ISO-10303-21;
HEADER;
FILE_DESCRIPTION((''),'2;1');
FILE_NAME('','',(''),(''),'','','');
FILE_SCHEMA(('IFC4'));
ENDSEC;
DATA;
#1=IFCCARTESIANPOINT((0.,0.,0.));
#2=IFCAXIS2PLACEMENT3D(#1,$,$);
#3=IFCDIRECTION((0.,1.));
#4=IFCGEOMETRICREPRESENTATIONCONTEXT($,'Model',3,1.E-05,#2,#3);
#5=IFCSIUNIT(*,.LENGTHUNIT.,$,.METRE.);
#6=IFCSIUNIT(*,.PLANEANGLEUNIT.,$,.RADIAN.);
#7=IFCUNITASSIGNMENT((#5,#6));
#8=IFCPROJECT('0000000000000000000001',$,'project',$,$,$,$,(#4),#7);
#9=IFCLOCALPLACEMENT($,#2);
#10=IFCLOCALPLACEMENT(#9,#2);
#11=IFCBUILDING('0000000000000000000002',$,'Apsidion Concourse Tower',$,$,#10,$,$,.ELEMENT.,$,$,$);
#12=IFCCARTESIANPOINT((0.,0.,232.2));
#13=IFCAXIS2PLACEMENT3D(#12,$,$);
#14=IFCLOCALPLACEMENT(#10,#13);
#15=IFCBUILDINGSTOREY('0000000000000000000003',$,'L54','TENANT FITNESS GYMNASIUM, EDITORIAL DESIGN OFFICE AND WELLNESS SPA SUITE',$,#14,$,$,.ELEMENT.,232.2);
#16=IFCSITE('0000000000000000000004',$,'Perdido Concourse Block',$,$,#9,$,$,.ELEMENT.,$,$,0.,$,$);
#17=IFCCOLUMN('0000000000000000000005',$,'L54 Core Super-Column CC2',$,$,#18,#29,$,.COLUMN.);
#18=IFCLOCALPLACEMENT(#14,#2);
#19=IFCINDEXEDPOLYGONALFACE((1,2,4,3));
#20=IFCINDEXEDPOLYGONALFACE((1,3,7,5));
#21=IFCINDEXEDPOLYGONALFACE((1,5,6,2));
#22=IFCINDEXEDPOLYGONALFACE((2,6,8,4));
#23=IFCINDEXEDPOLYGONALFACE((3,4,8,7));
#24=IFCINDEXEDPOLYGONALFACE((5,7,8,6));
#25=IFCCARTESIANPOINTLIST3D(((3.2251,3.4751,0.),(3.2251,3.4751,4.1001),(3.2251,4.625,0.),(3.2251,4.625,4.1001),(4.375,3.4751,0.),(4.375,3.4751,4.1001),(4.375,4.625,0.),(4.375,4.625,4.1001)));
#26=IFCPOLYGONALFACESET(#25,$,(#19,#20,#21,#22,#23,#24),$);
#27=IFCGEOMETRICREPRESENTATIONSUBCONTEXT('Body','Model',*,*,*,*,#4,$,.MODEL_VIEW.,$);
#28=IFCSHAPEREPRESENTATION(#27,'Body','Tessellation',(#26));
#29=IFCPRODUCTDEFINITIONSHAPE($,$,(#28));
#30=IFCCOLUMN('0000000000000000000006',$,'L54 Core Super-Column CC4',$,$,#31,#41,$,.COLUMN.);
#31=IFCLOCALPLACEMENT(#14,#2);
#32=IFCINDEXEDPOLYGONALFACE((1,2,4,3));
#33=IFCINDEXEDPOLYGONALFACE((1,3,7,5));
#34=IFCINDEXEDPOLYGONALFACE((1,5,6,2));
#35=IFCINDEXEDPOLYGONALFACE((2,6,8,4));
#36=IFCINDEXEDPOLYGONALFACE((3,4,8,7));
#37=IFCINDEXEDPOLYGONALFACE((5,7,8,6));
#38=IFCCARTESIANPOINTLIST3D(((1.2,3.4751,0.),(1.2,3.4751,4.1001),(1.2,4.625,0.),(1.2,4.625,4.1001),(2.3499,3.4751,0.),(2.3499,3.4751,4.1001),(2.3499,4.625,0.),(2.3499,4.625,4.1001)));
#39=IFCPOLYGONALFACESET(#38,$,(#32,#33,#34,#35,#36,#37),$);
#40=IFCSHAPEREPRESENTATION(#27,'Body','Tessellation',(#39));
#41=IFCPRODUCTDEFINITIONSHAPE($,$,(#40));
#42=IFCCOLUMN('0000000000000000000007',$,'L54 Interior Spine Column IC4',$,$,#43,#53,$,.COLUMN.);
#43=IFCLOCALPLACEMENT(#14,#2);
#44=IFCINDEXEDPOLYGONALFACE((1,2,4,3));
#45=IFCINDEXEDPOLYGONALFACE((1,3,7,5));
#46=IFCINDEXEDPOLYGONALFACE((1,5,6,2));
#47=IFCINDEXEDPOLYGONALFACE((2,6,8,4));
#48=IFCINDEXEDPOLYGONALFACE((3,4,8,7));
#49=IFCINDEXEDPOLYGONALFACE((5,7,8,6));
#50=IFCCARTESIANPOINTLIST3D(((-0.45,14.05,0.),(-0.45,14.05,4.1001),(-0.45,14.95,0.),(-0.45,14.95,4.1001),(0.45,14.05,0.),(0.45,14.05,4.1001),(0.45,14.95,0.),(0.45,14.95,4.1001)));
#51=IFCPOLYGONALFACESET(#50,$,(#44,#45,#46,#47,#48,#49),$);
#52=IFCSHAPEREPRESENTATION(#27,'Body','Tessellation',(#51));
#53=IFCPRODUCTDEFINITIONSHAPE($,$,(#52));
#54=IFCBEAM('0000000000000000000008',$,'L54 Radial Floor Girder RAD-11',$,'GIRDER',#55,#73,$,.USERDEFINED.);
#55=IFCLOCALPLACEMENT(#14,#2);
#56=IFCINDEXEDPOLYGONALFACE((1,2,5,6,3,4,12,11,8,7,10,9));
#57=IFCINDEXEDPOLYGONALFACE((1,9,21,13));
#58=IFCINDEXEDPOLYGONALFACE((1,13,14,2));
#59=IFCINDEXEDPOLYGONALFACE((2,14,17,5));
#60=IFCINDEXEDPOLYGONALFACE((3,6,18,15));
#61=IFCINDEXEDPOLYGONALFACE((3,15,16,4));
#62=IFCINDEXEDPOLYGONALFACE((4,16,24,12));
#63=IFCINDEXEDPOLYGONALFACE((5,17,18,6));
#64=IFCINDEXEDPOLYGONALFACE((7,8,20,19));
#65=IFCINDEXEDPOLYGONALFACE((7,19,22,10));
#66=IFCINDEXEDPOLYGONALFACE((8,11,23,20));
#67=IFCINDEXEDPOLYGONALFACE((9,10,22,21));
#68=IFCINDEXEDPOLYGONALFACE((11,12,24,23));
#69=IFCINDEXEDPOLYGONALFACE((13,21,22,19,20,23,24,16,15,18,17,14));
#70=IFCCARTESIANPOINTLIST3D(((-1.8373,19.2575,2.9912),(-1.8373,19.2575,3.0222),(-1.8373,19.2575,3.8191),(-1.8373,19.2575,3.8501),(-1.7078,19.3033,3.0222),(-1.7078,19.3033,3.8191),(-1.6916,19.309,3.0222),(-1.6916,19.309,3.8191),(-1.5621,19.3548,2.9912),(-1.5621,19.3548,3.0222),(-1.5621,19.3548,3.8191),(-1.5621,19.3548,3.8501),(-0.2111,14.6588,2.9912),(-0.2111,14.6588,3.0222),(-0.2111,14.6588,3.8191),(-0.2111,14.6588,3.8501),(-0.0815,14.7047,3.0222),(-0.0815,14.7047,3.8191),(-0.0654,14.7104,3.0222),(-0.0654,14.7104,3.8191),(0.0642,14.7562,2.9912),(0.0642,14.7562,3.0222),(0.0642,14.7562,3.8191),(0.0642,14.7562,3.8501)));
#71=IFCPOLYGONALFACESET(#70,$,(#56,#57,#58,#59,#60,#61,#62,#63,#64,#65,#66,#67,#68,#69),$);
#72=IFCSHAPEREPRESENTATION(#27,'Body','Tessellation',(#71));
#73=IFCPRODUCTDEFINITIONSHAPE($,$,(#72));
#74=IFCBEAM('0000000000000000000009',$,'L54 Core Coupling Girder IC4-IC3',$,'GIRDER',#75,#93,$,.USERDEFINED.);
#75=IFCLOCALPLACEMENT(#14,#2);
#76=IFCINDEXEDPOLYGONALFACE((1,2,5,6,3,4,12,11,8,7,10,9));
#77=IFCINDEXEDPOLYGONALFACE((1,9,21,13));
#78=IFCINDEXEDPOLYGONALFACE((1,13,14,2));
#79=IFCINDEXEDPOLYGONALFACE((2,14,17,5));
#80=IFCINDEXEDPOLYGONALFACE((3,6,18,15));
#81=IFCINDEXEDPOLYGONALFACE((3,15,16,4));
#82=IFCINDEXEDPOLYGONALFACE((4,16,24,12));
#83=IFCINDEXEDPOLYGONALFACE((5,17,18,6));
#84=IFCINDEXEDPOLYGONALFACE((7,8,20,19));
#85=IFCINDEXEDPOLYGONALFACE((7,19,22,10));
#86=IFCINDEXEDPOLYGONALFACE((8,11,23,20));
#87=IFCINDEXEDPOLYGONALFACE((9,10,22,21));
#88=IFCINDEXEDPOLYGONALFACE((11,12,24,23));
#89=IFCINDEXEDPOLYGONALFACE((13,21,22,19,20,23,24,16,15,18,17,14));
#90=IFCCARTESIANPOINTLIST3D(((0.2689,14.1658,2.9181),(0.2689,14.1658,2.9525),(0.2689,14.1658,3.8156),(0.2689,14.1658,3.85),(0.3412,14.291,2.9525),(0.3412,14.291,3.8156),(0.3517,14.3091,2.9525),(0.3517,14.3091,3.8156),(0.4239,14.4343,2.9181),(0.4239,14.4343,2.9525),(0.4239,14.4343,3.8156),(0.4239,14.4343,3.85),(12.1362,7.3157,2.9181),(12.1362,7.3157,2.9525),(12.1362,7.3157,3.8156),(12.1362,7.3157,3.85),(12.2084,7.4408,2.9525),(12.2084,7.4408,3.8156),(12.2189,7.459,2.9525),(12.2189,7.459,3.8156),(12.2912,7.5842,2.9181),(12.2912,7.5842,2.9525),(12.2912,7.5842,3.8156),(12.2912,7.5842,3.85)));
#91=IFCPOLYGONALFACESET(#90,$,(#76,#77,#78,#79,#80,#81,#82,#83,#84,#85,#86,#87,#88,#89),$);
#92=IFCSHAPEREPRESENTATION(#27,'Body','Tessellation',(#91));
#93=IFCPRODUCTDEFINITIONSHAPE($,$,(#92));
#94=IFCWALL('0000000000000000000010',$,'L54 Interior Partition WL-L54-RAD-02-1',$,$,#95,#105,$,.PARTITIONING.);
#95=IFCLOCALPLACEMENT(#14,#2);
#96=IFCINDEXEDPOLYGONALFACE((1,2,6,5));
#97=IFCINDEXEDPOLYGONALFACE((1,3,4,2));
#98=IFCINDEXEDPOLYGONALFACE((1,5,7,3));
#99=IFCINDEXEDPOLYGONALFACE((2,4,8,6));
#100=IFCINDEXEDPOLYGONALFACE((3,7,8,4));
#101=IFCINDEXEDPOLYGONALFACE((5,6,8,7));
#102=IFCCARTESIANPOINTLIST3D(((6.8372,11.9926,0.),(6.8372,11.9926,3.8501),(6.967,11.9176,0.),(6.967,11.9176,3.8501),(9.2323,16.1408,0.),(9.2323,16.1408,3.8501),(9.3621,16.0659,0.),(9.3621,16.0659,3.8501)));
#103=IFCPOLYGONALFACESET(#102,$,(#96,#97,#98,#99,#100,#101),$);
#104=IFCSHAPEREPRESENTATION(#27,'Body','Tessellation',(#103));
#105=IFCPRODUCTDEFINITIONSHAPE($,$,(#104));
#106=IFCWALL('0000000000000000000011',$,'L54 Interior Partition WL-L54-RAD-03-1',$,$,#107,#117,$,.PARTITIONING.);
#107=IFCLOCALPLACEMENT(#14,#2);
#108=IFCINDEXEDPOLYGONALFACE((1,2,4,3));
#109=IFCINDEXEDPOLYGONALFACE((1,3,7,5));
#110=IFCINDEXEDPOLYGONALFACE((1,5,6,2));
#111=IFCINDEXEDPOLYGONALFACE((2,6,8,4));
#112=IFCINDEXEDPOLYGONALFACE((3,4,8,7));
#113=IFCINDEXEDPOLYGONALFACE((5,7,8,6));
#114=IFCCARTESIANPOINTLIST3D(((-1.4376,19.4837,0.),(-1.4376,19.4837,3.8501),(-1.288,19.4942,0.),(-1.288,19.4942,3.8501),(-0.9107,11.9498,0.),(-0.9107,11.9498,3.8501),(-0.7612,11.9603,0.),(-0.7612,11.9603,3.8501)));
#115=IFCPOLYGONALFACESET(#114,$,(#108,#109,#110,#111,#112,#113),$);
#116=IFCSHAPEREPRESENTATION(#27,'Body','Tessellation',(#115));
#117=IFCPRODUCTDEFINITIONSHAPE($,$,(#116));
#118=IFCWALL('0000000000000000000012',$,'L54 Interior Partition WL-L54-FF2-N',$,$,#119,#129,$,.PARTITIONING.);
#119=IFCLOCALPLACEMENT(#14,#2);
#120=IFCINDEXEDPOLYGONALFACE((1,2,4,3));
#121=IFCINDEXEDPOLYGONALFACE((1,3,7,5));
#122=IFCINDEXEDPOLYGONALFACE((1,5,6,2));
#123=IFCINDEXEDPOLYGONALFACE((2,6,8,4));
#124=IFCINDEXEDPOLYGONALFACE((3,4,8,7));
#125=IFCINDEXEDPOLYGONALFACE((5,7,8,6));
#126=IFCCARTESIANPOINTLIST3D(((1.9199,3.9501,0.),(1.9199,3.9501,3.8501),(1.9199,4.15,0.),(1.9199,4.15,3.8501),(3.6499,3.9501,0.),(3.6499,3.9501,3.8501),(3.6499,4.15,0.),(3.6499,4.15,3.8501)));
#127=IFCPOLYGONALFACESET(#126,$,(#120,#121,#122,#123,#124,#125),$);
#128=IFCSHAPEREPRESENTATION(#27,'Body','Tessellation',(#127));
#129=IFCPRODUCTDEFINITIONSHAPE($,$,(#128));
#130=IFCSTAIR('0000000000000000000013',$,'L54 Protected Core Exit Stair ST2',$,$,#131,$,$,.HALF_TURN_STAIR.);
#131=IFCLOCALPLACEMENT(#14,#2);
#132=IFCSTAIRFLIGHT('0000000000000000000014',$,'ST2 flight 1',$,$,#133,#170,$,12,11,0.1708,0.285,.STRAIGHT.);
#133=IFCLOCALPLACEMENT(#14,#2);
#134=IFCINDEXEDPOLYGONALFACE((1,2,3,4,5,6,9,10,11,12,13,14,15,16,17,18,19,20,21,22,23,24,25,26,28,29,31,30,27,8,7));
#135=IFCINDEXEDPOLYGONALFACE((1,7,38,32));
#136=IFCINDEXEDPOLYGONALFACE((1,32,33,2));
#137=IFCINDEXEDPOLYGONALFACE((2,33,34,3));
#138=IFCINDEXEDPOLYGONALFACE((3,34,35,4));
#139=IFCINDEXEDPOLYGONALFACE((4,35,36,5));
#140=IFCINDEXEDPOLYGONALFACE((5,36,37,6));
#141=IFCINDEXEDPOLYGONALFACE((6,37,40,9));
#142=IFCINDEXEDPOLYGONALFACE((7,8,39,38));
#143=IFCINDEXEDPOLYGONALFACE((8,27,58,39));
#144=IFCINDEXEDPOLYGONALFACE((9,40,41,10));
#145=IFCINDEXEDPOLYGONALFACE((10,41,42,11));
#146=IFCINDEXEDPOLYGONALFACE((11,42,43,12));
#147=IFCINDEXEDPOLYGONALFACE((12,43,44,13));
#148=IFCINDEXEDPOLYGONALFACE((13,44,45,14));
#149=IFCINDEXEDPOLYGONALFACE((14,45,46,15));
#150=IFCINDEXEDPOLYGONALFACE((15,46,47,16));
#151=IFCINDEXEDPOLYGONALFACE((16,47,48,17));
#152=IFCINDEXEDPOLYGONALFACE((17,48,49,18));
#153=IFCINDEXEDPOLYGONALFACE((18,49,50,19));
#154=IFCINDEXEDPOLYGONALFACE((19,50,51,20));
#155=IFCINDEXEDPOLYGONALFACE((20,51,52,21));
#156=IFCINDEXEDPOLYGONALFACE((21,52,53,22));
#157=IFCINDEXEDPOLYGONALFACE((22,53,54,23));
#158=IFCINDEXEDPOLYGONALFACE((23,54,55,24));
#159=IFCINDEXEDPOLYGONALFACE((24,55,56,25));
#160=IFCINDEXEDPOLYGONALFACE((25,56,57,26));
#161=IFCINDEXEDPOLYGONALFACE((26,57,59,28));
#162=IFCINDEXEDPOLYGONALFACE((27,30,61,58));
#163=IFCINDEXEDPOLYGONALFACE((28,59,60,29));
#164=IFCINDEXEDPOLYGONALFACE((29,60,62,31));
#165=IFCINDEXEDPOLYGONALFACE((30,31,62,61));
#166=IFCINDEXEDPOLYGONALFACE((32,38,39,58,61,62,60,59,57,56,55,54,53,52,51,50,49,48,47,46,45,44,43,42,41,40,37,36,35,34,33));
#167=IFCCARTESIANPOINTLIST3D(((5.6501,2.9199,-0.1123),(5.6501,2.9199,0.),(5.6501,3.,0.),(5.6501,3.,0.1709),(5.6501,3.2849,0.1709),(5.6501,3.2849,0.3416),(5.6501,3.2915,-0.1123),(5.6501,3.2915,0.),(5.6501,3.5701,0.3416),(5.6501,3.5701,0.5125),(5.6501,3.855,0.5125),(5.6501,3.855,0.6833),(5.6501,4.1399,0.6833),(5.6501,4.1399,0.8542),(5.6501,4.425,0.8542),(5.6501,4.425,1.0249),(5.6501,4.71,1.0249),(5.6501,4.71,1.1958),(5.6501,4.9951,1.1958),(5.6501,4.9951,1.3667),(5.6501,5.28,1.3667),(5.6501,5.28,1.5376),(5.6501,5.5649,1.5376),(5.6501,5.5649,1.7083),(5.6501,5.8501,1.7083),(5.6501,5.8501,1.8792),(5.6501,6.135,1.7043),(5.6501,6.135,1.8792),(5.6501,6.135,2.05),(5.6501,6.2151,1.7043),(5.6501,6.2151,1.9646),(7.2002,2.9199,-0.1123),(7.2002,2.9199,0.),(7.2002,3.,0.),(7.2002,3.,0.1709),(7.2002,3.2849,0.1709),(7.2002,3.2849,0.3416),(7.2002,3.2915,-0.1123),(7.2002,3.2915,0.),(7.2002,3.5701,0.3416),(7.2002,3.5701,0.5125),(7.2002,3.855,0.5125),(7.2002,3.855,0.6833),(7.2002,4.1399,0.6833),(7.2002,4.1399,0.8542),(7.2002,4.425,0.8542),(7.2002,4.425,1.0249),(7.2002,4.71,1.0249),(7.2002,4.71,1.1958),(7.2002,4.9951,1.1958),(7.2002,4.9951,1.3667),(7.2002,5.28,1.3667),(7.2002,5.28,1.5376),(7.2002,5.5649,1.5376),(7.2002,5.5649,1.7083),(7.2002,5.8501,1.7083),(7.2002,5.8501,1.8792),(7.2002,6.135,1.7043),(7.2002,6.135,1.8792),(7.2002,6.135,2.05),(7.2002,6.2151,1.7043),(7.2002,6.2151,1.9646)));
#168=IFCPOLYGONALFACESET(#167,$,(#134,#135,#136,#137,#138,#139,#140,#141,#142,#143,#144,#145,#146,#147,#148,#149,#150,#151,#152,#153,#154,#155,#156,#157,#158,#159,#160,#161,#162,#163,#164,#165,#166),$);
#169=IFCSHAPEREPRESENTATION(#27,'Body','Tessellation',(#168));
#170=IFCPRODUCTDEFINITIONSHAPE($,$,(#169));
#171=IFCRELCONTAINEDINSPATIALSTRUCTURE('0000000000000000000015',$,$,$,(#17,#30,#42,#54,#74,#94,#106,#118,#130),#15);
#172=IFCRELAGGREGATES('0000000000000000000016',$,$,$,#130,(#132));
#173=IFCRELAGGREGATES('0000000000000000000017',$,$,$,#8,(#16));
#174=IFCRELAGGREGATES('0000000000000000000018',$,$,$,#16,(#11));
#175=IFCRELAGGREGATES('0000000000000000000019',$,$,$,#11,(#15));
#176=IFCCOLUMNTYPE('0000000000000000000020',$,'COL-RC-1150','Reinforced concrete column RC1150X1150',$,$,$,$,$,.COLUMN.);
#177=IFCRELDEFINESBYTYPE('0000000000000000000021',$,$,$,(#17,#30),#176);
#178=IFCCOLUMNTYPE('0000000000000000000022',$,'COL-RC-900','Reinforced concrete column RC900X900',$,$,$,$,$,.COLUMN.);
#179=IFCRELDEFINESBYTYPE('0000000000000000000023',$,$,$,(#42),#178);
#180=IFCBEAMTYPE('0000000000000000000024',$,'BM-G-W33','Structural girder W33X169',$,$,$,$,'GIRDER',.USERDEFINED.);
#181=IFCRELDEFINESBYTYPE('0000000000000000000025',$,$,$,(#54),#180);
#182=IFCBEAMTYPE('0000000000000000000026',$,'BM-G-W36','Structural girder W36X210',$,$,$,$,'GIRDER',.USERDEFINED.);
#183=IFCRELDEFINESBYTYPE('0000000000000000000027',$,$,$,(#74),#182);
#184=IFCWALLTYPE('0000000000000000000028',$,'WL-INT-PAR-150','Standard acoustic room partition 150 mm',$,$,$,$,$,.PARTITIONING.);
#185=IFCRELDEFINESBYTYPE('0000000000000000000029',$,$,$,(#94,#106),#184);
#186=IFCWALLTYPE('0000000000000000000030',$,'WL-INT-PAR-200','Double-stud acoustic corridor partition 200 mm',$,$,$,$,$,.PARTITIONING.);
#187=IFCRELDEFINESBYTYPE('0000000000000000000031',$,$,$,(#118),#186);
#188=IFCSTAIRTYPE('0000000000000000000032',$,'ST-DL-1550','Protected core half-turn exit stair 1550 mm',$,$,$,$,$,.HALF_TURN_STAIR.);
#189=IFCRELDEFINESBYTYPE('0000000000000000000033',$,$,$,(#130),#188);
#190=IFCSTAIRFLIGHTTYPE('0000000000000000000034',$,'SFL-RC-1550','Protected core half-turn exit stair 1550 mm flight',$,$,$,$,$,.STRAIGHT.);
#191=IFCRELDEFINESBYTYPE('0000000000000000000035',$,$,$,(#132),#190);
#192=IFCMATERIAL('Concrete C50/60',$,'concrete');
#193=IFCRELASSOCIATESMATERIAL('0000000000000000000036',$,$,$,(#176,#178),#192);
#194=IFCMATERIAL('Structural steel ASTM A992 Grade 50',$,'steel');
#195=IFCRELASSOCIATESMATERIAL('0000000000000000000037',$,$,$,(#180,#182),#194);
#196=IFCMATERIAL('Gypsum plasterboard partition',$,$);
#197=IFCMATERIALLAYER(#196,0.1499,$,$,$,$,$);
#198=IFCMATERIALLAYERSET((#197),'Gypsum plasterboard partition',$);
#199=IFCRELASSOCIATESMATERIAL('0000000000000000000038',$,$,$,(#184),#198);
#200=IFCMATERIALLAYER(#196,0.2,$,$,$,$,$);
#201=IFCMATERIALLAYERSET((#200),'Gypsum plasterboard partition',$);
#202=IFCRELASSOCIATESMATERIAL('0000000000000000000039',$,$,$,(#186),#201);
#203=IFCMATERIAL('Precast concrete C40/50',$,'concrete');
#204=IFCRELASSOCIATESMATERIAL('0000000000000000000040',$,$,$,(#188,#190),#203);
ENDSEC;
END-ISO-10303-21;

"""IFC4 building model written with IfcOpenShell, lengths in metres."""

from ifc_helpers import new_model, si_unit, direction, frame, frame_2d, origin, origin_2d, place, context, subcontext, project, spatial, polyline, rectangle, i_section, outline, extrude, material, layer, layer_set, material_profile, profile_set, type_object, element, aggregate, save


model = new_model("IFC4")

# Units and contexts
model_context = context("Model", 3, precision=1e-05, world=origin(), true_north=direction((0.0, 1.0)))
body_context = subcontext(model_context, "Body", "Model", "MODEL_VIEW")
ifc_project = project(units=[si_unit("LENGTHUNIT", "METRE"), si_unit("PLANEANGLEUNIT", "RADIAN")], contexts=[model_context])

# Site, building, storey
site_placement = place(None, origin())
site = spatial("IfcSite", under=ifc_project, at=site_placement, Name="Perdido Concourse Block", CompositionType="ELEMENT", RefElevation=0.0)
building_placement = place(site_placement, origin())
building = spatial("IfcBuilding", under=site, at=building_placement, Name="Apsidion Concourse Tower", CompositionType="ELEMENT")
storey_placement = place(building_placement, frame((0.0, 0.0, 232.2)))
storey = spatial("IfcBuildingStorey", under=building, at=storey_placement, Name="L54", Description="TENANT FITNESS GYMNASIUM, EDITORIAL DESIGN OFFICE AND WELLNESS SPA SUITE", CompositionType="ELEMENT", Elevation=232.2)

# Columns
ifc_material_1 = material(Name="Concrete C50/60", Category="concrete")
ifc_material_profile_1 = material_profile(ifc_material_1, rectangle(XDim=1.1499, YDim=1.1499, at=origin_2d()), Name="RC 1150x1150")
ifc_profile_set_1 = profile_set([ifc_material_profile_1], Name="Concrete C50/60")
column_type_1 = type_object("IfcColumnType", Name="COL-RC-1150", Description="Reinforced concrete column RC1150X1150", PredefinedType="COLUMN", material=ifc_profile_set_1)
for number, where, z_axis, x_axis, name in (
    (1, (3.8, 4.05, 0.0), (0.0, 0.0, 1.0), (1.0, 0.0, 0.0), "L54 Core Super-Column CC2"),
    (2, (1.7749, 4.05, 0.0), (0.0, 0.0, 1.0), (1.0, 0.0, 0.0), "L54 Core Super-Column CC4"),
):
    element("IfcColumn", number, at=place(storey_placement, frame(where, z_axis=z_axis, x_axis=x_axis)), inside=storey, type_object=column_type_1, Name=name, PredefinedType="COLUMN", context=body_context, shape_type="SweptSolid", body=[
        extrude(rectangle(XDim=1.1499, YDim=1.1499, at=origin_2d()), origin(), (0.0, 0.0, 1.0), 4.1001),
    ])
ifc_material_profile_2 = material_profile(ifc_material_1, rectangle(XDim=0.8999, YDim=0.8999, at=origin_2d()), Name="RC 900x900")
ifc_profile_set_2 = profile_set([ifc_material_profile_2], Name="Concrete C50/60")
column_type_2 = type_object("IfcColumnType", Name="COL-RC-900", Description="Reinforced concrete column RC900X900", PredefinedType="COLUMN", material=ifc_profile_set_2)
column_placement = place(storey_placement, frame((0.0, 14.5, 0.0), z_axis=(0.0, 0.0, 1.0), x_axis=(1.0, 0.0, 0.0)))
element("IfcColumn", 3, at=column_placement, inside=storey, type_object=column_type_2, Name="L54 Interior Spine Column IC4", PredefinedType="COLUMN", context=body_context, shape_type="SweptSolid", body=[
    extrude(rectangle(XDim=0.8999, YDim=0.8999, at=origin_2d()), origin(), (0.0, 0.0, 1.0), 4.1001),
])

# Beams
ifc_material_2 = material(Name="Structural steel ASTM A992 Grade 50", Category="steel")
ifc_material_profile_3 = material_profile(ifc_material_2, i_section(OverallWidth=0.292, OverallDepth=0.8589, WebThickness=0.0171, FlangeThickness=0.031, at=origin_2d()), Name="W33X169")
ifc_profile_set_3 = profile_set([ifc_material_profile_3], Name="Structural steel ASTM A992 Grade 50")
beam_type_1 = type_object("IfcBeamType", Name="BM-G-W33", Description="Structural girder W33X169", ElementType="GIRDER", PredefinedType="USERDEFINED", material=ifc_profile_set_3)
beam_1_placement = place(storey_placement, frame((-0.0735, 14.7075, 3.4207), z_axis=(-0.333399, 0.942786, 0.0), x_axis=(-0.942786, -0.333399, 0.0)))
element("IfcBeam", 4, at=beam_1_placement, inside=storey, type_object=beam_type_1, Name="L54 Radial Floor Girder RAD-11", ObjectType="GIRDER", PredefinedType="USERDEFINED", context=body_context, shape_type="SweptSolid", body=[
    extrude(i_section(OverallWidth=0.292, OverallDepth=0.8589, WebThickness=0.0171, FlangeThickness=0.031, at=origin_2d()), origin(), (0.0, 0.0, 1.0), 4.8777),
])
ifc_material_profile_4 = material_profile(ifc_material_2, i_section(OverallWidth=0.3101, OverallDepth=0.9319, WebThickness=0.021, FlangeThickness=0.0344, at=origin_2d()), Name="W36X210")
ifc_profile_set_4 = profile_set([ifc_material_profile_4], Name="Structural steel ASTM A992 Grade 50")
beam_type_2 = type_object("IfcBeamType", Name="BM-G-W36", Description="Structural girder W36X210", ElementType="GIRDER", PredefinedType="USERDEFINED", material=ifc_profile_set_4)
beam_2_placement = place(storey_placement, frame((0.3464, 14.3, 3.384), z_axis=(0.86607, -0.499922, 0.0), x_axis=(0.499922, 0.86607, 0.0)))
element("IfcBeam", 5, at=beam_2_placement, inside=storey, type_object=beam_type_2, Name="L54 Core Coupling Girder IC4-IC3", ObjectType="GIRDER", PredefinedType="USERDEFINED", context=body_context, shape_type="SweptSolid", body=[
    extrude(i_section(OverallWidth=0.3101, OverallDepth=0.9319, WebThickness=0.021, FlangeThickness=0.0344, at=origin_2d()), origin(), (0.0, 0.0, 1.0), 13.7024),
])

# Walls
ifc_material_3 = material(Name="Gypsum plasterboard partition")
ifc_layer_1 = layer(ifc_material_3, 0.1499)
ifc_layer_set_1 = layer_set([ifc_layer_1], Name="Gypsum plasterboard partition")
wall_type_1 = type_object("IfcWallType", Name="WL-INT-PAR-150", Description="Standard acoustic room partition 150 mm", PredefinedType="PARTITIONING", material=ifc_layer_set_1)
wall_1_placement = place(storey_placement, frame((6.9021, 11.9551, 0.0), z_axis=(0.0, 0.0, 1.0), x_axis=(0.500009, 0.86602, 0.0)))
element("IfcWall", 6, at=wall_1_placement, inside=storey, type_object=wall_type_1, Name="L54 Interior Partition WL-L54-RAD-02-1", PredefinedType="PARTITIONING", context=body_context, shape_type="SweptSolid", body=[
    extrude(rectangle(XDim=4.79, YDim=0.1499, at=frame_2d((2.395, 0.0))), origin(), (0.0, 0.0, 1.0), 3.8501),
])
wall_2_placement = place(storey_placement, frame((-0.8359, 11.9551, 0.0), z_axis=(0.0, 0.0, 1.0), x_axis=(-0.069761, 0.997564, 0.0)))
element("IfcWall", 7, at=wall_2_placement, inside=storey, type_object=wall_type_1, Name="L54 Interior Partition WL-L54-RAD-03-1", PredefinedType="PARTITIONING", context=body_context, shape_type="SweptSolid", body=[
    extrude(rectangle(XDim=7.5522, YDim=0.1499, at=frame_2d((3.7761, 0.0))), origin(), (0.0, 0.0, 1.0), 3.8501),
])
ifc_layer_2 = layer(ifc_material_3, 0.2)
ifc_layer_set_2 = layer_set([ifc_layer_2], Name="Gypsum plasterboard partition")
wall_type_2 = type_object("IfcWallType", Name="WL-INT-PAR-200", Description="Double-stud acoustic corridor partition 200 mm", PredefinedType="PARTITIONING", material=ifc_layer_set_2)
wall_3_placement = place(storey_placement, frame((1.9199, 4.05, 0.0), z_axis=(0.0, 0.0, 1.0), x_axis=(1.0, 0.0, 0.0)))
element("IfcWall", 8, at=wall_3_placement, inside=storey, type_object=wall_type_2, Name="L54 Interior Partition WL-L54-FF2-N", PredefinedType="PARTITIONING", context=body_context, shape_type="SweptSolid", body=[
    extrude(rectangle(XDim=1.73, YDim=0.2, at=frame_2d((0.865, 0.0))), origin(), (0.0, 0.0, 1.0), 3.8501),
])

# Stair, stair flight
ifc_material_4 = material(Name="Precast concrete C40/50", Category="concrete")
stair_type = type_object("IfcStairType", Name="ST-DL-1550", Description="Protected core half-turn exit stair 1550 mm", PredefinedType="HALF_TURN_STAIR", material=ifc_material_4)
stair_1_placement = place(storey_placement, origin())
stair_1 = element("IfcStair", 9, at=stair_1_placement, inside=storey, type_object=stair_type, Name="L54 Protected Core Exit Stair ST2", PredefinedType="HALF_TURN_STAIR")
stair_flight_type = type_object("IfcStairFlightType", Name="SFL-RC-1550", Description="Protected core half-turn exit stair 1550 mm flight", PredefinedType="STRAIGHT", material=ifc_material_4)
stair_flight_1_placement = place(storey_placement, frame((6.425, 3.0, 0.0), z_axis=(0.0, 0.0, 1.0), x_axis=(0.0, 1.0, 0.0)))
stair_flight_1 = element("IfcStairFlight", 10, at=stair_flight_1_placement, type_object=stair_flight_type, Name="ST2 flight 1", NumberOfRisers=12, NumberOfTreads=11, PredefinedType="STRAIGHT", RiserHeight=0.1708, TreadLength=0.285, context=body_context, shape_type="SweptSolid", body=[
    extrude(outline(polyline([(-0.0801, -0.1123), (-0.0801, 0.0), (0.0, 0.0), (0.0, 0.1709), (0.2849, 0.1709), (0.2849, 0.3416), (0.5701, 0.3416), (0.5701, 0.5125), (0.855, 0.5125), (0.855, 0.6833), (1.1399, 0.6833), (1.1399, 0.8542), (1.425, 0.8542), (1.425, 1.0249), (1.71, 1.0249), (1.71, 1.1958), (1.9951, 1.1958), (1.9951, 1.3667), (2.28, 1.3667), (2.28, 1.5376), (2.5649, 1.5376), (2.5649, 1.7083), (2.8501, 1.7083), (2.8501, 1.8792), (3.135, 1.8792), (3.135, 2.05), (3.2151, 1.9646), (3.2151, 1.7043), (3.135, 1.7043), (0.2915, 0.0), (0.2915, -0.1123), (-0.0801, -0.1123)])), frame((0.0, 0.7749, 0.0), z_axis=(0.0, -1.0, 0.0), x_axis=(1.0, 0.0, 0.0)), (0.0, 0.0, 1.0), 1.55),
])
aggregate(stair_1, [stair_flight_1])

save(model, "model.ifc")
